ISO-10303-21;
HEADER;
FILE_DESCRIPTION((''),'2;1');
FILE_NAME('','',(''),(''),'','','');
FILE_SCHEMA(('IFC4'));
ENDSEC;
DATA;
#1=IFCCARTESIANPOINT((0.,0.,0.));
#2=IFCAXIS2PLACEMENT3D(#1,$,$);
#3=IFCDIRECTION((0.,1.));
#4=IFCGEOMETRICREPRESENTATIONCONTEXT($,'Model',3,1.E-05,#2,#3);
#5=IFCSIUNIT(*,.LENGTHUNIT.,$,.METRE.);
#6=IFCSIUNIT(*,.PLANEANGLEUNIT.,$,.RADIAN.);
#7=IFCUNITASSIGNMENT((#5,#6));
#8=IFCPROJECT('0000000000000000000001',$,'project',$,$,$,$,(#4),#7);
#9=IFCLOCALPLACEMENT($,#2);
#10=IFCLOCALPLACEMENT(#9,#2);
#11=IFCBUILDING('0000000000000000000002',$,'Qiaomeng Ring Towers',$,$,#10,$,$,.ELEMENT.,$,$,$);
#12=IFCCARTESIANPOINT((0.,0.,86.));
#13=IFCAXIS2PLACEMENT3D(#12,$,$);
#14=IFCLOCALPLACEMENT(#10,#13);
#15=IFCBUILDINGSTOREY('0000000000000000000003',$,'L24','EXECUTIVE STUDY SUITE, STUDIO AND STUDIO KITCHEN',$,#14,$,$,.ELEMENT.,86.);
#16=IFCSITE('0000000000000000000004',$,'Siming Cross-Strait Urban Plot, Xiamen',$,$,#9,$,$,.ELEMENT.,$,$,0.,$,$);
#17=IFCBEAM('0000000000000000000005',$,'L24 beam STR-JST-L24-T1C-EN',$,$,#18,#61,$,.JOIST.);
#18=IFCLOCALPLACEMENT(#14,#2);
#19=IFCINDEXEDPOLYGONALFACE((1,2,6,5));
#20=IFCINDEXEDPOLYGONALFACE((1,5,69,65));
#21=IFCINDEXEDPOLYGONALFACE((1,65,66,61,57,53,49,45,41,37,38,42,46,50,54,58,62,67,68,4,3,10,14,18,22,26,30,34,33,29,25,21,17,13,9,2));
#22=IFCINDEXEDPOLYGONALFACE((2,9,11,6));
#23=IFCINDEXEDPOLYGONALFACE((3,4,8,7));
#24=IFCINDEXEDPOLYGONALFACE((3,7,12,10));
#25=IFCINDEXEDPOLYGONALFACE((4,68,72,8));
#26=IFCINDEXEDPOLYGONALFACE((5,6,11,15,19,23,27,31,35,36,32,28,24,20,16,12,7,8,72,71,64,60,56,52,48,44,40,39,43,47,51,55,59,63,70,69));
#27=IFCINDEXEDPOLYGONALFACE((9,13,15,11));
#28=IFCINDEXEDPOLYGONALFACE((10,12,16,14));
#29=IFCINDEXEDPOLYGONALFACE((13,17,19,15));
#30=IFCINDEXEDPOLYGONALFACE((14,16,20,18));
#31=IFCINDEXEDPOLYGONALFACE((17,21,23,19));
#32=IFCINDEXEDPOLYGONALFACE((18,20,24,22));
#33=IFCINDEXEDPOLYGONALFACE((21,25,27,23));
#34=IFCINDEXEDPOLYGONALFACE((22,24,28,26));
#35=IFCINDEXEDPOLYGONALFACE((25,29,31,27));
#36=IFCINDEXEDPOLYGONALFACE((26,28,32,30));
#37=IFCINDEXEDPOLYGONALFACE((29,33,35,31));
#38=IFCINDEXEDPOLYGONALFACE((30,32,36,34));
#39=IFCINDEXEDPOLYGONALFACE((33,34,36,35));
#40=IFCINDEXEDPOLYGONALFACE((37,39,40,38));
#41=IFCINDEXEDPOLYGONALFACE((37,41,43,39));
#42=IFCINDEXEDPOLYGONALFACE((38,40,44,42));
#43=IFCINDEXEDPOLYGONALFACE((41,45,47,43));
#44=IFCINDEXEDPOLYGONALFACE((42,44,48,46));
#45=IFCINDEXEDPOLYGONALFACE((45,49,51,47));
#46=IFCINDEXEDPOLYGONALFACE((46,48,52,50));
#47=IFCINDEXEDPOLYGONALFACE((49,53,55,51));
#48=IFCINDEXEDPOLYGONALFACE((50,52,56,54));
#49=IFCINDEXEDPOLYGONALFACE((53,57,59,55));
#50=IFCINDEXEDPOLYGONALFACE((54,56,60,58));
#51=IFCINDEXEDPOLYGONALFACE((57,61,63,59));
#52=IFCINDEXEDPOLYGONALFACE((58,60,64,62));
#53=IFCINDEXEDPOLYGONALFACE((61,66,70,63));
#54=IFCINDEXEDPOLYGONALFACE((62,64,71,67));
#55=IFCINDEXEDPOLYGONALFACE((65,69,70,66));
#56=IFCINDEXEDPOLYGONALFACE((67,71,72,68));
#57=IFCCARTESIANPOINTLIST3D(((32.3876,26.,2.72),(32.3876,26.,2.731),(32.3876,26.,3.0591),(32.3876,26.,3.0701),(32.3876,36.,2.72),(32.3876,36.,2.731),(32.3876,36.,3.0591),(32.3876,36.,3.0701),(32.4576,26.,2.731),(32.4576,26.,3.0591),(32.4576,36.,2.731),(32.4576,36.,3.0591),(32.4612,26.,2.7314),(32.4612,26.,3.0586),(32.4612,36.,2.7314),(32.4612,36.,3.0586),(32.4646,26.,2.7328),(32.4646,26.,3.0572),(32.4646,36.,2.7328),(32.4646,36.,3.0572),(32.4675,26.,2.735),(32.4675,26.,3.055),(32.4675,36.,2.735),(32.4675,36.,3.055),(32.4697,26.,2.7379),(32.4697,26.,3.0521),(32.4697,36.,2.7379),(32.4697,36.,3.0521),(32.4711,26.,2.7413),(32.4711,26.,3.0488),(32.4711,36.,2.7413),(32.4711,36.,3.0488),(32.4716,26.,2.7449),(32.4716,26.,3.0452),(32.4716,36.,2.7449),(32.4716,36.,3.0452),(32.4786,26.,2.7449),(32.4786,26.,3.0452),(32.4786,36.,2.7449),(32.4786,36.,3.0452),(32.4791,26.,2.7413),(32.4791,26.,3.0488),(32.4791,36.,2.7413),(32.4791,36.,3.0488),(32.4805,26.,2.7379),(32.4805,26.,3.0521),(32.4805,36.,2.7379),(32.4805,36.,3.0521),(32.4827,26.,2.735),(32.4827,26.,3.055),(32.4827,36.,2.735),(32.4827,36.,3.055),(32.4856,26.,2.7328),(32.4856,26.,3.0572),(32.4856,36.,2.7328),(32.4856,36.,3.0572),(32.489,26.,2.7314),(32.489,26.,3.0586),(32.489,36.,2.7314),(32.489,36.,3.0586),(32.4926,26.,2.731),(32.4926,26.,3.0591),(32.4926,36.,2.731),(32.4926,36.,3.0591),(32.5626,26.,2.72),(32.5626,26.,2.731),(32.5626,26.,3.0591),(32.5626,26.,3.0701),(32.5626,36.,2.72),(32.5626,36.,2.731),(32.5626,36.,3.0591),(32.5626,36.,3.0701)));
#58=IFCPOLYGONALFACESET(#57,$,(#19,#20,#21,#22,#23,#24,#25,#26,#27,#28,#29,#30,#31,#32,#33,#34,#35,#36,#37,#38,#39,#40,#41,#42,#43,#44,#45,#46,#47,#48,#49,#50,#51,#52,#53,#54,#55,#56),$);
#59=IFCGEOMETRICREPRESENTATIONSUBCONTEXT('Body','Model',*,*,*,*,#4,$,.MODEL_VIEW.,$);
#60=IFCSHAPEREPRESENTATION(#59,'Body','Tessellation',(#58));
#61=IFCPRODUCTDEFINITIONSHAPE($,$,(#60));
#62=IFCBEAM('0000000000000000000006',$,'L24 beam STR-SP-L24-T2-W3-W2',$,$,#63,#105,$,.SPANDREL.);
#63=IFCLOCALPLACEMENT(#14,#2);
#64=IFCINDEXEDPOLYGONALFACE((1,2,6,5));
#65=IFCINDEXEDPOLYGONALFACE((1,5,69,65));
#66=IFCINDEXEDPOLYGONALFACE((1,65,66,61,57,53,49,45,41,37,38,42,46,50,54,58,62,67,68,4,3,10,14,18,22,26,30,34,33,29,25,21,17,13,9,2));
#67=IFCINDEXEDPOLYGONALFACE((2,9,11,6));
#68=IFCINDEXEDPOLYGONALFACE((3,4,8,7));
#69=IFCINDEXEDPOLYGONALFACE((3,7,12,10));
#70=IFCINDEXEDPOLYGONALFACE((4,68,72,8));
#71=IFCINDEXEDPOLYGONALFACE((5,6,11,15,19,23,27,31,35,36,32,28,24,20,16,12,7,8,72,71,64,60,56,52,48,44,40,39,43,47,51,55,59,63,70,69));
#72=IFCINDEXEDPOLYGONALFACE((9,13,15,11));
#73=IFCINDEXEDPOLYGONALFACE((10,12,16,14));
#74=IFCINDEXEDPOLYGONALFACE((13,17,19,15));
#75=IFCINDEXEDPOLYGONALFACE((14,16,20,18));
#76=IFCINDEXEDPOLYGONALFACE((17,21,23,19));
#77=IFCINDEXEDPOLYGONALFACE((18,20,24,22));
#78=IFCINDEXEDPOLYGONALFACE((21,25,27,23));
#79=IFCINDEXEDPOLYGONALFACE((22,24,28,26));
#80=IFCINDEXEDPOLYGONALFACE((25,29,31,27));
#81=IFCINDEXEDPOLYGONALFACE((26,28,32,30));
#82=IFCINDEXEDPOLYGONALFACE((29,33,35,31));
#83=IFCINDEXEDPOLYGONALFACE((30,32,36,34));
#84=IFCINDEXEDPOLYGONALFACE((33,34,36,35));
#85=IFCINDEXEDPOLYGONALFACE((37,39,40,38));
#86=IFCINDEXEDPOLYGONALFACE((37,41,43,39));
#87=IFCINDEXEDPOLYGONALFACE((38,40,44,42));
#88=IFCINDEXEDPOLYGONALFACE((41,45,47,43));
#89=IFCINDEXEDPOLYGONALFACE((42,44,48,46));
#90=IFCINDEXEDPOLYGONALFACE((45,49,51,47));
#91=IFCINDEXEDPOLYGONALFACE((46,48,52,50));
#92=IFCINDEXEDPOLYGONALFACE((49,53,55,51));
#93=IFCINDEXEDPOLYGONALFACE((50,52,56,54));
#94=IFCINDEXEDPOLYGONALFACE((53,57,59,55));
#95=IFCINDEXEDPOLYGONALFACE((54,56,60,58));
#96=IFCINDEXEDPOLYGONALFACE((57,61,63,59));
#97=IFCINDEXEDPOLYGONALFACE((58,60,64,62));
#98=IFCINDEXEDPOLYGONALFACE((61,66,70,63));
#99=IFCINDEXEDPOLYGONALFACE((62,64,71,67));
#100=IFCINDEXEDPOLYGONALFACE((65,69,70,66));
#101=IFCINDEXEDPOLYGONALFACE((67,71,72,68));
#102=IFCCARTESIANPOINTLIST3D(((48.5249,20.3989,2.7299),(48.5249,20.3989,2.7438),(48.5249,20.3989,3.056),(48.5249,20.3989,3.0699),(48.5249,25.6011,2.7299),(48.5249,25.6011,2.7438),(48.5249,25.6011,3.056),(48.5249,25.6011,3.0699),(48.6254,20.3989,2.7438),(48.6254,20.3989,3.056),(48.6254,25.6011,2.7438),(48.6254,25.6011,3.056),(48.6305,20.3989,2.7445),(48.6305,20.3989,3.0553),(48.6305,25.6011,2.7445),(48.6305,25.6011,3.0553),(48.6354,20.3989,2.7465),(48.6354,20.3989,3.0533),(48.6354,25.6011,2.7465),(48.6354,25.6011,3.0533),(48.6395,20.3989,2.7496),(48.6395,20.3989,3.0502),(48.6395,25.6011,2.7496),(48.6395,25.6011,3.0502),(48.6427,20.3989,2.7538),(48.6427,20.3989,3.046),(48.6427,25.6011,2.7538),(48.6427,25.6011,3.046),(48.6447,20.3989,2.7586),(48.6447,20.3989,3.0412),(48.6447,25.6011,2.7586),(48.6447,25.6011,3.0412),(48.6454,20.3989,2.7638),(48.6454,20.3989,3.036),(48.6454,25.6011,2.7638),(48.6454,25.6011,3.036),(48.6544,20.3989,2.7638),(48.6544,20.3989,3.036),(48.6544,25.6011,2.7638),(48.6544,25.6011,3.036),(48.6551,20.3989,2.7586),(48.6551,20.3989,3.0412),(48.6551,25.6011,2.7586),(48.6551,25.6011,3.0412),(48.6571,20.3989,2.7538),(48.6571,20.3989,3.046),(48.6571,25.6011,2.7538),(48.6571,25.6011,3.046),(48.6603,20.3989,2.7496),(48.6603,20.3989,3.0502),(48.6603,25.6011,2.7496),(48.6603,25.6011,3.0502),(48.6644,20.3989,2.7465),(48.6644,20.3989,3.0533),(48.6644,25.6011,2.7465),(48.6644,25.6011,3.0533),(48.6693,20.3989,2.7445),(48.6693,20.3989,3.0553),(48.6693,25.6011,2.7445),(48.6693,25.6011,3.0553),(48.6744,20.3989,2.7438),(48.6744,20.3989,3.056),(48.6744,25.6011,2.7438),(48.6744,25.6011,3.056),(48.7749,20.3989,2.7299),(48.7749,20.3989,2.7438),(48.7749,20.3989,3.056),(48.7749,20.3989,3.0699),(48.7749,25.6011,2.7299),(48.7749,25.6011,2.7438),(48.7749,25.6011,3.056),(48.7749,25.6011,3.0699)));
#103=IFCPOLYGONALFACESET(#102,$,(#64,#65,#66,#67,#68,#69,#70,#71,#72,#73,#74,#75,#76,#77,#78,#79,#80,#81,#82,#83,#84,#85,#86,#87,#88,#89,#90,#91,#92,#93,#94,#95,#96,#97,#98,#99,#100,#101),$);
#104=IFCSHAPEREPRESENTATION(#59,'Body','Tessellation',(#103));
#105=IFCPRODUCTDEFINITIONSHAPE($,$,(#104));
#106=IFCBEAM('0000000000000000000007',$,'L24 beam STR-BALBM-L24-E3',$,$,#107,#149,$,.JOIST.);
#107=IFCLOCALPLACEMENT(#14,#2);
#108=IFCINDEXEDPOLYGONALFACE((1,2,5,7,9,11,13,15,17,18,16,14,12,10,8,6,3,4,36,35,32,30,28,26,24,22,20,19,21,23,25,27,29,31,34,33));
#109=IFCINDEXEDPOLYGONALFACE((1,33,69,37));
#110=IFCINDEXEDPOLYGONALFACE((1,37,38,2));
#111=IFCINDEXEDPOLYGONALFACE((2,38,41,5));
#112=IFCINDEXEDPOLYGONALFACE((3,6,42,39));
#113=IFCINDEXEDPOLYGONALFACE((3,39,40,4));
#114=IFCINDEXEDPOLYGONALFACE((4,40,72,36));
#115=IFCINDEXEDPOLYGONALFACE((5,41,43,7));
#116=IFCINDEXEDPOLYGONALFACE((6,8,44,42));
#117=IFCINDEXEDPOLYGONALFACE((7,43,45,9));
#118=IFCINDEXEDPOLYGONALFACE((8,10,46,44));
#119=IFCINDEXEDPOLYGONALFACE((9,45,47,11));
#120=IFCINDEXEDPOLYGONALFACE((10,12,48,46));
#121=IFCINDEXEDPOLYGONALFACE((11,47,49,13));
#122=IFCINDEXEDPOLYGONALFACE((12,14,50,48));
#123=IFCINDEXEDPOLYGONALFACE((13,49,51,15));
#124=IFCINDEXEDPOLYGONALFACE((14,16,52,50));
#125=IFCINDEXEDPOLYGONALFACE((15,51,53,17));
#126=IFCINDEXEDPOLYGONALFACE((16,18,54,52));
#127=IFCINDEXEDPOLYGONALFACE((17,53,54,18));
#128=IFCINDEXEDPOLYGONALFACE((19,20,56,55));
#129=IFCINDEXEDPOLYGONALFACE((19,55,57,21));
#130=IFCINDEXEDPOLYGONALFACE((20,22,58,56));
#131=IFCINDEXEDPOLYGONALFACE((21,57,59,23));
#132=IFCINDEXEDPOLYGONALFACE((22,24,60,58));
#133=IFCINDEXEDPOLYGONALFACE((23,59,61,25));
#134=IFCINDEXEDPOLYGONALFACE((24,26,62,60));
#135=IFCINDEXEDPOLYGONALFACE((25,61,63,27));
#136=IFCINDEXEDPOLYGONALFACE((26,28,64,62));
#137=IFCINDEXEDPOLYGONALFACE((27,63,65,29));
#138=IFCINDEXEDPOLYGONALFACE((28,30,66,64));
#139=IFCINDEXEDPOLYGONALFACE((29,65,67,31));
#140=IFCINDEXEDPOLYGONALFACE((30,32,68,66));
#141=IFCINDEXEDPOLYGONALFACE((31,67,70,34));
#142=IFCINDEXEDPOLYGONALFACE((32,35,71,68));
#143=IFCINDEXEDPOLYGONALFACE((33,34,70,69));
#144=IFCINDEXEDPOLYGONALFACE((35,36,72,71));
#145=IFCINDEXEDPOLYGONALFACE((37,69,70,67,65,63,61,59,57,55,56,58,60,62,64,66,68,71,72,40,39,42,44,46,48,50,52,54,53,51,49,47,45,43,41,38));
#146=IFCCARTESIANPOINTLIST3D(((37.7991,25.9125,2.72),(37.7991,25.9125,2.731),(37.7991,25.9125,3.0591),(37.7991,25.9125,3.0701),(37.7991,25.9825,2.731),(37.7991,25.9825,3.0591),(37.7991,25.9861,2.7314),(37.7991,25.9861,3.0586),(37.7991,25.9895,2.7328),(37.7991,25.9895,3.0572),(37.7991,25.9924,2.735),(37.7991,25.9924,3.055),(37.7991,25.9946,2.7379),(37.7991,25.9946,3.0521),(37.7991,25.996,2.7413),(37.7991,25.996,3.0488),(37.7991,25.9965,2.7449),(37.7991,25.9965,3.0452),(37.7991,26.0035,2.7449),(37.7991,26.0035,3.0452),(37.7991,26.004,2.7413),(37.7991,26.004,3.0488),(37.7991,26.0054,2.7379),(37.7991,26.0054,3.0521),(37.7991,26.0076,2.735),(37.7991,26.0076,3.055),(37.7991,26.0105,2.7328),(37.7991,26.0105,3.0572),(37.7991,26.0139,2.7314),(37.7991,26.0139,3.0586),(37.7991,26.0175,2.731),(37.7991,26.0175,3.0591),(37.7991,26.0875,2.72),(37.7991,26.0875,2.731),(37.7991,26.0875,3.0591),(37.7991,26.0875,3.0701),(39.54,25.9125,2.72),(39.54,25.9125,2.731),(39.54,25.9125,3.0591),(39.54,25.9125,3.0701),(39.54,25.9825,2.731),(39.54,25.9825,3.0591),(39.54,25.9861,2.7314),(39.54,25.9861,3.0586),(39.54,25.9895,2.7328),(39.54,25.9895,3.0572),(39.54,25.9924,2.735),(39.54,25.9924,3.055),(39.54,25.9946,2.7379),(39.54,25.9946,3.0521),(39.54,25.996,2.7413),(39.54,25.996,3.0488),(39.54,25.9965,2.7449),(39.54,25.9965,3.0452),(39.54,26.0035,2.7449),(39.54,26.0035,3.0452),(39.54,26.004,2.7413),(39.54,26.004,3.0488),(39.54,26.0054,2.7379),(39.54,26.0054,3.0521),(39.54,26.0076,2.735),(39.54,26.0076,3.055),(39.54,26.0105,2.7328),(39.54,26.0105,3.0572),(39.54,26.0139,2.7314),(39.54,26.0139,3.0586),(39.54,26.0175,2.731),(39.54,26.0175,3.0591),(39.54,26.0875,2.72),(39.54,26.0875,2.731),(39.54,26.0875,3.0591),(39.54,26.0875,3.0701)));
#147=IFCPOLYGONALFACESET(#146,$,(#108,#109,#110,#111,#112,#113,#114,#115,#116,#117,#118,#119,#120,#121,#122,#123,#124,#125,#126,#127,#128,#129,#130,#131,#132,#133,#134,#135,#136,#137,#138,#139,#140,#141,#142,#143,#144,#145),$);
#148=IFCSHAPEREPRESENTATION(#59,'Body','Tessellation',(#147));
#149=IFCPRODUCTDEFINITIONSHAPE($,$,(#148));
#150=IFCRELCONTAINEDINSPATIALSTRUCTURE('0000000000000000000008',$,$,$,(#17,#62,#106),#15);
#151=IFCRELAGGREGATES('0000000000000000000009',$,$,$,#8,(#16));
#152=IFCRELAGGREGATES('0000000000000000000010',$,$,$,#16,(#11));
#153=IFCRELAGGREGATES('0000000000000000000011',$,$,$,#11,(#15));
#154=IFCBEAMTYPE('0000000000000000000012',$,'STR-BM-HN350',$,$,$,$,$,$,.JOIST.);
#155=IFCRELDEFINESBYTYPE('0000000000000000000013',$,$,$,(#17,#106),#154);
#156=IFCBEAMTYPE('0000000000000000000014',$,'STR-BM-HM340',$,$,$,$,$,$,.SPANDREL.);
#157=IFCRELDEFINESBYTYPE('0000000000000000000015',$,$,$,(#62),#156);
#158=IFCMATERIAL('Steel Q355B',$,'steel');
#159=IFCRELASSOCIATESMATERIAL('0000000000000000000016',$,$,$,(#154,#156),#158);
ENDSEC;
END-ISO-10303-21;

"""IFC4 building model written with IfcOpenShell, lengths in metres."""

from ifc_helpers import new_model, si_unit, direction, frame, origin, origin_2d, place, context, subcontext, project, spatial, i_section, extrude, source, transform, mapped, material, material_profile, profile_set, type_object, element, save


model = new_model("IFC4")

# Units and contexts
model_context = context("Model", 3, precision=1e-05, world=origin(), true_north=direction((0.0, 1.0)))
body_context = subcontext(model_context, "Body", "Model", "MODEL_VIEW")
ifc_project = project(units=[si_unit("LENGTHUNIT", "METRE"), si_unit("PLANEANGLEUNIT", "RADIAN")], contexts=[model_context])

# Site, building, storey
site_placement = place(None, origin())
site = spatial("IfcSite", under=ifc_project, at=site_placement, Name="Siming Cross-Strait Urban Plot, Xiamen", CompositionType="ELEMENT", RefElevation=0.0)
building_placement = place(site_placement, origin())
building = spatial("IfcBuilding", under=site, at=building_placement, Name="Qiaomeng Ring Towers", CompositionType="ELEMENT")
storey_placement = place(building_placement, frame((0.0, 0.0, 86.0)))
storey = spatial("IfcBuildingStorey", under=building, at=storey_placement, Name="L24", Description="EXECUTIVE STUDY SUITE, STUDIO AND STUDIO KITCHEN", CompositionType="ELEMENT", Elevation=86.0)

# Beams
ifc_material_1 = material(Name="Steel Q355B", Category="steel")
ifc_material_profile_1 = material_profile(ifc_material_1, i_section(OverallWidth=0.175, OverallDepth=0.3501, WebThickness=0.0071, FlangeThickness=0.011, FilletRadius=0.0139, at=origin_2d()), Name="HN 350x175x7x11")
ifc_profile_set_1 = profile_set([ifc_material_profile_1], Name="Steel Q355B")
beam_type_1 = type_object("IfcBeamType", Name="STR-BM-HN350", PredefinedType="JOIST", material=ifc_profile_set_1)
shared_shape_1 = source(origin(), body_context, "Body", "SweptSolid", [
    extrude(i_section(OverallWidth=0.175, OverallDepth=0.3501, WebThickness=0.0071, FlangeThickness=0.011, FilletRadius=0.0139, at=origin_2d()), origin(), (0.0, 0.0, 1.0), 10.0),
])
beam_1_placement = place(storey_placement, frame((32.4751, 26.0, 2.895), z_axis=(0.0, 1.0, 0.0), x_axis=(-1.0, 0.0, 0.0)))
element("IfcBeam", 1, at=beam_1_placement, inside=storey, type_object=beam_type_1, Name="L24 beam STR-JST-L24-T1C-EN", PredefinedType="JOIST", context=body_context, shape_type="MappedRepresentation", body=[
    mapped(shared_shape_1, transform((0.0, 0.0, 0.0), x_axis=(1.0, 0.0, 0.0), y_axis=(0.0, 1.0, 0.0), z_axis=(0.0, 0.0, 1.0), scale=1.0)),
])
ifc_material_profile_2 = material_profile(ifc_material_1, i_section(OverallWidth=0.25, OverallDepth=0.3401, WebThickness=0.009, FlangeThickness=0.0139, FilletRadius=0.02, at=origin_2d()), Name="HM 340x250x9x14")
ifc_profile_set_2 = profile_set([ifc_material_profile_2], Name="Steel Q355B")
beam_type_2 = type_object("IfcBeamType", Name="STR-BM-HM340", PredefinedType="SPANDREL", material=ifc_profile_set_2)
shared_shape_2 = source(origin(), body_context, "Body", "SweptSolid", [
    extrude(i_section(OverallWidth=0.25, OverallDepth=0.3401, WebThickness=0.009, FlangeThickness=0.0139, FilletRadius=0.02, at=origin_2d()), origin(), (0.0, 0.0, 1.0), 5.2021),
])
beam_2_placement = place(storey_placement, frame((48.6499, 25.6011, 2.8999), z_axis=(0.0, -1.0, 0.0), x_axis=(1.0, 0.0, 0.0)))
element("IfcBeam", 2, at=beam_2_placement, inside=storey, type_object=beam_type_2, Name="L24 beam STR-SP-L24-T2-W3-W2", PredefinedType="SPANDREL", context=body_context, shape_type="MappedRepresentation", body=[
    mapped(shared_shape_2, transform((0.0, 0.0, 0.0), x_axis=(1.0, 0.0, 0.0), y_axis=(0.0, 1.0, 0.0), z_axis=(0.0, 0.0, 1.0), scale=1.0)),
])
shared_shape_3 = source(origin(), body_context, "Body", "SweptSolid", [
    extrude(i_section(OverallWidth=0.175, OverallDepth=0.3501, WebThickness=0.0071, FlangeThickness=0.011, FilletRadius=0.0139, at=origin_2d()), origin(), (0.0, 0.0, 1.0), 1.741),
])
beam_3_placement = place(storey_placement, frame((37.7991, 26.0, 2.895), z_axis=(1.0, 0.0, 0.0), x_axis=(0.0, 1.0, 0.0)))
element("IfcBeam", 3, at=beam_3_placement, inside=storey, type_object=beam_type_1, Name="L24 beam STR-BALBM-L24-E3", PredefinedType="JOIST", context=body_context, shape_type="MappedRepresentation", body=[
    mapped(shared_shape_3, transform((0.0, 0.0, 0.0), x_axis=(1.0, 0.0, 0.0), y_axis=(0.0, 1.0, 0.0), z_axis=(0.0, 0.0, 1.0), scale=1.0)),
])

save(model, "model.ifc")
